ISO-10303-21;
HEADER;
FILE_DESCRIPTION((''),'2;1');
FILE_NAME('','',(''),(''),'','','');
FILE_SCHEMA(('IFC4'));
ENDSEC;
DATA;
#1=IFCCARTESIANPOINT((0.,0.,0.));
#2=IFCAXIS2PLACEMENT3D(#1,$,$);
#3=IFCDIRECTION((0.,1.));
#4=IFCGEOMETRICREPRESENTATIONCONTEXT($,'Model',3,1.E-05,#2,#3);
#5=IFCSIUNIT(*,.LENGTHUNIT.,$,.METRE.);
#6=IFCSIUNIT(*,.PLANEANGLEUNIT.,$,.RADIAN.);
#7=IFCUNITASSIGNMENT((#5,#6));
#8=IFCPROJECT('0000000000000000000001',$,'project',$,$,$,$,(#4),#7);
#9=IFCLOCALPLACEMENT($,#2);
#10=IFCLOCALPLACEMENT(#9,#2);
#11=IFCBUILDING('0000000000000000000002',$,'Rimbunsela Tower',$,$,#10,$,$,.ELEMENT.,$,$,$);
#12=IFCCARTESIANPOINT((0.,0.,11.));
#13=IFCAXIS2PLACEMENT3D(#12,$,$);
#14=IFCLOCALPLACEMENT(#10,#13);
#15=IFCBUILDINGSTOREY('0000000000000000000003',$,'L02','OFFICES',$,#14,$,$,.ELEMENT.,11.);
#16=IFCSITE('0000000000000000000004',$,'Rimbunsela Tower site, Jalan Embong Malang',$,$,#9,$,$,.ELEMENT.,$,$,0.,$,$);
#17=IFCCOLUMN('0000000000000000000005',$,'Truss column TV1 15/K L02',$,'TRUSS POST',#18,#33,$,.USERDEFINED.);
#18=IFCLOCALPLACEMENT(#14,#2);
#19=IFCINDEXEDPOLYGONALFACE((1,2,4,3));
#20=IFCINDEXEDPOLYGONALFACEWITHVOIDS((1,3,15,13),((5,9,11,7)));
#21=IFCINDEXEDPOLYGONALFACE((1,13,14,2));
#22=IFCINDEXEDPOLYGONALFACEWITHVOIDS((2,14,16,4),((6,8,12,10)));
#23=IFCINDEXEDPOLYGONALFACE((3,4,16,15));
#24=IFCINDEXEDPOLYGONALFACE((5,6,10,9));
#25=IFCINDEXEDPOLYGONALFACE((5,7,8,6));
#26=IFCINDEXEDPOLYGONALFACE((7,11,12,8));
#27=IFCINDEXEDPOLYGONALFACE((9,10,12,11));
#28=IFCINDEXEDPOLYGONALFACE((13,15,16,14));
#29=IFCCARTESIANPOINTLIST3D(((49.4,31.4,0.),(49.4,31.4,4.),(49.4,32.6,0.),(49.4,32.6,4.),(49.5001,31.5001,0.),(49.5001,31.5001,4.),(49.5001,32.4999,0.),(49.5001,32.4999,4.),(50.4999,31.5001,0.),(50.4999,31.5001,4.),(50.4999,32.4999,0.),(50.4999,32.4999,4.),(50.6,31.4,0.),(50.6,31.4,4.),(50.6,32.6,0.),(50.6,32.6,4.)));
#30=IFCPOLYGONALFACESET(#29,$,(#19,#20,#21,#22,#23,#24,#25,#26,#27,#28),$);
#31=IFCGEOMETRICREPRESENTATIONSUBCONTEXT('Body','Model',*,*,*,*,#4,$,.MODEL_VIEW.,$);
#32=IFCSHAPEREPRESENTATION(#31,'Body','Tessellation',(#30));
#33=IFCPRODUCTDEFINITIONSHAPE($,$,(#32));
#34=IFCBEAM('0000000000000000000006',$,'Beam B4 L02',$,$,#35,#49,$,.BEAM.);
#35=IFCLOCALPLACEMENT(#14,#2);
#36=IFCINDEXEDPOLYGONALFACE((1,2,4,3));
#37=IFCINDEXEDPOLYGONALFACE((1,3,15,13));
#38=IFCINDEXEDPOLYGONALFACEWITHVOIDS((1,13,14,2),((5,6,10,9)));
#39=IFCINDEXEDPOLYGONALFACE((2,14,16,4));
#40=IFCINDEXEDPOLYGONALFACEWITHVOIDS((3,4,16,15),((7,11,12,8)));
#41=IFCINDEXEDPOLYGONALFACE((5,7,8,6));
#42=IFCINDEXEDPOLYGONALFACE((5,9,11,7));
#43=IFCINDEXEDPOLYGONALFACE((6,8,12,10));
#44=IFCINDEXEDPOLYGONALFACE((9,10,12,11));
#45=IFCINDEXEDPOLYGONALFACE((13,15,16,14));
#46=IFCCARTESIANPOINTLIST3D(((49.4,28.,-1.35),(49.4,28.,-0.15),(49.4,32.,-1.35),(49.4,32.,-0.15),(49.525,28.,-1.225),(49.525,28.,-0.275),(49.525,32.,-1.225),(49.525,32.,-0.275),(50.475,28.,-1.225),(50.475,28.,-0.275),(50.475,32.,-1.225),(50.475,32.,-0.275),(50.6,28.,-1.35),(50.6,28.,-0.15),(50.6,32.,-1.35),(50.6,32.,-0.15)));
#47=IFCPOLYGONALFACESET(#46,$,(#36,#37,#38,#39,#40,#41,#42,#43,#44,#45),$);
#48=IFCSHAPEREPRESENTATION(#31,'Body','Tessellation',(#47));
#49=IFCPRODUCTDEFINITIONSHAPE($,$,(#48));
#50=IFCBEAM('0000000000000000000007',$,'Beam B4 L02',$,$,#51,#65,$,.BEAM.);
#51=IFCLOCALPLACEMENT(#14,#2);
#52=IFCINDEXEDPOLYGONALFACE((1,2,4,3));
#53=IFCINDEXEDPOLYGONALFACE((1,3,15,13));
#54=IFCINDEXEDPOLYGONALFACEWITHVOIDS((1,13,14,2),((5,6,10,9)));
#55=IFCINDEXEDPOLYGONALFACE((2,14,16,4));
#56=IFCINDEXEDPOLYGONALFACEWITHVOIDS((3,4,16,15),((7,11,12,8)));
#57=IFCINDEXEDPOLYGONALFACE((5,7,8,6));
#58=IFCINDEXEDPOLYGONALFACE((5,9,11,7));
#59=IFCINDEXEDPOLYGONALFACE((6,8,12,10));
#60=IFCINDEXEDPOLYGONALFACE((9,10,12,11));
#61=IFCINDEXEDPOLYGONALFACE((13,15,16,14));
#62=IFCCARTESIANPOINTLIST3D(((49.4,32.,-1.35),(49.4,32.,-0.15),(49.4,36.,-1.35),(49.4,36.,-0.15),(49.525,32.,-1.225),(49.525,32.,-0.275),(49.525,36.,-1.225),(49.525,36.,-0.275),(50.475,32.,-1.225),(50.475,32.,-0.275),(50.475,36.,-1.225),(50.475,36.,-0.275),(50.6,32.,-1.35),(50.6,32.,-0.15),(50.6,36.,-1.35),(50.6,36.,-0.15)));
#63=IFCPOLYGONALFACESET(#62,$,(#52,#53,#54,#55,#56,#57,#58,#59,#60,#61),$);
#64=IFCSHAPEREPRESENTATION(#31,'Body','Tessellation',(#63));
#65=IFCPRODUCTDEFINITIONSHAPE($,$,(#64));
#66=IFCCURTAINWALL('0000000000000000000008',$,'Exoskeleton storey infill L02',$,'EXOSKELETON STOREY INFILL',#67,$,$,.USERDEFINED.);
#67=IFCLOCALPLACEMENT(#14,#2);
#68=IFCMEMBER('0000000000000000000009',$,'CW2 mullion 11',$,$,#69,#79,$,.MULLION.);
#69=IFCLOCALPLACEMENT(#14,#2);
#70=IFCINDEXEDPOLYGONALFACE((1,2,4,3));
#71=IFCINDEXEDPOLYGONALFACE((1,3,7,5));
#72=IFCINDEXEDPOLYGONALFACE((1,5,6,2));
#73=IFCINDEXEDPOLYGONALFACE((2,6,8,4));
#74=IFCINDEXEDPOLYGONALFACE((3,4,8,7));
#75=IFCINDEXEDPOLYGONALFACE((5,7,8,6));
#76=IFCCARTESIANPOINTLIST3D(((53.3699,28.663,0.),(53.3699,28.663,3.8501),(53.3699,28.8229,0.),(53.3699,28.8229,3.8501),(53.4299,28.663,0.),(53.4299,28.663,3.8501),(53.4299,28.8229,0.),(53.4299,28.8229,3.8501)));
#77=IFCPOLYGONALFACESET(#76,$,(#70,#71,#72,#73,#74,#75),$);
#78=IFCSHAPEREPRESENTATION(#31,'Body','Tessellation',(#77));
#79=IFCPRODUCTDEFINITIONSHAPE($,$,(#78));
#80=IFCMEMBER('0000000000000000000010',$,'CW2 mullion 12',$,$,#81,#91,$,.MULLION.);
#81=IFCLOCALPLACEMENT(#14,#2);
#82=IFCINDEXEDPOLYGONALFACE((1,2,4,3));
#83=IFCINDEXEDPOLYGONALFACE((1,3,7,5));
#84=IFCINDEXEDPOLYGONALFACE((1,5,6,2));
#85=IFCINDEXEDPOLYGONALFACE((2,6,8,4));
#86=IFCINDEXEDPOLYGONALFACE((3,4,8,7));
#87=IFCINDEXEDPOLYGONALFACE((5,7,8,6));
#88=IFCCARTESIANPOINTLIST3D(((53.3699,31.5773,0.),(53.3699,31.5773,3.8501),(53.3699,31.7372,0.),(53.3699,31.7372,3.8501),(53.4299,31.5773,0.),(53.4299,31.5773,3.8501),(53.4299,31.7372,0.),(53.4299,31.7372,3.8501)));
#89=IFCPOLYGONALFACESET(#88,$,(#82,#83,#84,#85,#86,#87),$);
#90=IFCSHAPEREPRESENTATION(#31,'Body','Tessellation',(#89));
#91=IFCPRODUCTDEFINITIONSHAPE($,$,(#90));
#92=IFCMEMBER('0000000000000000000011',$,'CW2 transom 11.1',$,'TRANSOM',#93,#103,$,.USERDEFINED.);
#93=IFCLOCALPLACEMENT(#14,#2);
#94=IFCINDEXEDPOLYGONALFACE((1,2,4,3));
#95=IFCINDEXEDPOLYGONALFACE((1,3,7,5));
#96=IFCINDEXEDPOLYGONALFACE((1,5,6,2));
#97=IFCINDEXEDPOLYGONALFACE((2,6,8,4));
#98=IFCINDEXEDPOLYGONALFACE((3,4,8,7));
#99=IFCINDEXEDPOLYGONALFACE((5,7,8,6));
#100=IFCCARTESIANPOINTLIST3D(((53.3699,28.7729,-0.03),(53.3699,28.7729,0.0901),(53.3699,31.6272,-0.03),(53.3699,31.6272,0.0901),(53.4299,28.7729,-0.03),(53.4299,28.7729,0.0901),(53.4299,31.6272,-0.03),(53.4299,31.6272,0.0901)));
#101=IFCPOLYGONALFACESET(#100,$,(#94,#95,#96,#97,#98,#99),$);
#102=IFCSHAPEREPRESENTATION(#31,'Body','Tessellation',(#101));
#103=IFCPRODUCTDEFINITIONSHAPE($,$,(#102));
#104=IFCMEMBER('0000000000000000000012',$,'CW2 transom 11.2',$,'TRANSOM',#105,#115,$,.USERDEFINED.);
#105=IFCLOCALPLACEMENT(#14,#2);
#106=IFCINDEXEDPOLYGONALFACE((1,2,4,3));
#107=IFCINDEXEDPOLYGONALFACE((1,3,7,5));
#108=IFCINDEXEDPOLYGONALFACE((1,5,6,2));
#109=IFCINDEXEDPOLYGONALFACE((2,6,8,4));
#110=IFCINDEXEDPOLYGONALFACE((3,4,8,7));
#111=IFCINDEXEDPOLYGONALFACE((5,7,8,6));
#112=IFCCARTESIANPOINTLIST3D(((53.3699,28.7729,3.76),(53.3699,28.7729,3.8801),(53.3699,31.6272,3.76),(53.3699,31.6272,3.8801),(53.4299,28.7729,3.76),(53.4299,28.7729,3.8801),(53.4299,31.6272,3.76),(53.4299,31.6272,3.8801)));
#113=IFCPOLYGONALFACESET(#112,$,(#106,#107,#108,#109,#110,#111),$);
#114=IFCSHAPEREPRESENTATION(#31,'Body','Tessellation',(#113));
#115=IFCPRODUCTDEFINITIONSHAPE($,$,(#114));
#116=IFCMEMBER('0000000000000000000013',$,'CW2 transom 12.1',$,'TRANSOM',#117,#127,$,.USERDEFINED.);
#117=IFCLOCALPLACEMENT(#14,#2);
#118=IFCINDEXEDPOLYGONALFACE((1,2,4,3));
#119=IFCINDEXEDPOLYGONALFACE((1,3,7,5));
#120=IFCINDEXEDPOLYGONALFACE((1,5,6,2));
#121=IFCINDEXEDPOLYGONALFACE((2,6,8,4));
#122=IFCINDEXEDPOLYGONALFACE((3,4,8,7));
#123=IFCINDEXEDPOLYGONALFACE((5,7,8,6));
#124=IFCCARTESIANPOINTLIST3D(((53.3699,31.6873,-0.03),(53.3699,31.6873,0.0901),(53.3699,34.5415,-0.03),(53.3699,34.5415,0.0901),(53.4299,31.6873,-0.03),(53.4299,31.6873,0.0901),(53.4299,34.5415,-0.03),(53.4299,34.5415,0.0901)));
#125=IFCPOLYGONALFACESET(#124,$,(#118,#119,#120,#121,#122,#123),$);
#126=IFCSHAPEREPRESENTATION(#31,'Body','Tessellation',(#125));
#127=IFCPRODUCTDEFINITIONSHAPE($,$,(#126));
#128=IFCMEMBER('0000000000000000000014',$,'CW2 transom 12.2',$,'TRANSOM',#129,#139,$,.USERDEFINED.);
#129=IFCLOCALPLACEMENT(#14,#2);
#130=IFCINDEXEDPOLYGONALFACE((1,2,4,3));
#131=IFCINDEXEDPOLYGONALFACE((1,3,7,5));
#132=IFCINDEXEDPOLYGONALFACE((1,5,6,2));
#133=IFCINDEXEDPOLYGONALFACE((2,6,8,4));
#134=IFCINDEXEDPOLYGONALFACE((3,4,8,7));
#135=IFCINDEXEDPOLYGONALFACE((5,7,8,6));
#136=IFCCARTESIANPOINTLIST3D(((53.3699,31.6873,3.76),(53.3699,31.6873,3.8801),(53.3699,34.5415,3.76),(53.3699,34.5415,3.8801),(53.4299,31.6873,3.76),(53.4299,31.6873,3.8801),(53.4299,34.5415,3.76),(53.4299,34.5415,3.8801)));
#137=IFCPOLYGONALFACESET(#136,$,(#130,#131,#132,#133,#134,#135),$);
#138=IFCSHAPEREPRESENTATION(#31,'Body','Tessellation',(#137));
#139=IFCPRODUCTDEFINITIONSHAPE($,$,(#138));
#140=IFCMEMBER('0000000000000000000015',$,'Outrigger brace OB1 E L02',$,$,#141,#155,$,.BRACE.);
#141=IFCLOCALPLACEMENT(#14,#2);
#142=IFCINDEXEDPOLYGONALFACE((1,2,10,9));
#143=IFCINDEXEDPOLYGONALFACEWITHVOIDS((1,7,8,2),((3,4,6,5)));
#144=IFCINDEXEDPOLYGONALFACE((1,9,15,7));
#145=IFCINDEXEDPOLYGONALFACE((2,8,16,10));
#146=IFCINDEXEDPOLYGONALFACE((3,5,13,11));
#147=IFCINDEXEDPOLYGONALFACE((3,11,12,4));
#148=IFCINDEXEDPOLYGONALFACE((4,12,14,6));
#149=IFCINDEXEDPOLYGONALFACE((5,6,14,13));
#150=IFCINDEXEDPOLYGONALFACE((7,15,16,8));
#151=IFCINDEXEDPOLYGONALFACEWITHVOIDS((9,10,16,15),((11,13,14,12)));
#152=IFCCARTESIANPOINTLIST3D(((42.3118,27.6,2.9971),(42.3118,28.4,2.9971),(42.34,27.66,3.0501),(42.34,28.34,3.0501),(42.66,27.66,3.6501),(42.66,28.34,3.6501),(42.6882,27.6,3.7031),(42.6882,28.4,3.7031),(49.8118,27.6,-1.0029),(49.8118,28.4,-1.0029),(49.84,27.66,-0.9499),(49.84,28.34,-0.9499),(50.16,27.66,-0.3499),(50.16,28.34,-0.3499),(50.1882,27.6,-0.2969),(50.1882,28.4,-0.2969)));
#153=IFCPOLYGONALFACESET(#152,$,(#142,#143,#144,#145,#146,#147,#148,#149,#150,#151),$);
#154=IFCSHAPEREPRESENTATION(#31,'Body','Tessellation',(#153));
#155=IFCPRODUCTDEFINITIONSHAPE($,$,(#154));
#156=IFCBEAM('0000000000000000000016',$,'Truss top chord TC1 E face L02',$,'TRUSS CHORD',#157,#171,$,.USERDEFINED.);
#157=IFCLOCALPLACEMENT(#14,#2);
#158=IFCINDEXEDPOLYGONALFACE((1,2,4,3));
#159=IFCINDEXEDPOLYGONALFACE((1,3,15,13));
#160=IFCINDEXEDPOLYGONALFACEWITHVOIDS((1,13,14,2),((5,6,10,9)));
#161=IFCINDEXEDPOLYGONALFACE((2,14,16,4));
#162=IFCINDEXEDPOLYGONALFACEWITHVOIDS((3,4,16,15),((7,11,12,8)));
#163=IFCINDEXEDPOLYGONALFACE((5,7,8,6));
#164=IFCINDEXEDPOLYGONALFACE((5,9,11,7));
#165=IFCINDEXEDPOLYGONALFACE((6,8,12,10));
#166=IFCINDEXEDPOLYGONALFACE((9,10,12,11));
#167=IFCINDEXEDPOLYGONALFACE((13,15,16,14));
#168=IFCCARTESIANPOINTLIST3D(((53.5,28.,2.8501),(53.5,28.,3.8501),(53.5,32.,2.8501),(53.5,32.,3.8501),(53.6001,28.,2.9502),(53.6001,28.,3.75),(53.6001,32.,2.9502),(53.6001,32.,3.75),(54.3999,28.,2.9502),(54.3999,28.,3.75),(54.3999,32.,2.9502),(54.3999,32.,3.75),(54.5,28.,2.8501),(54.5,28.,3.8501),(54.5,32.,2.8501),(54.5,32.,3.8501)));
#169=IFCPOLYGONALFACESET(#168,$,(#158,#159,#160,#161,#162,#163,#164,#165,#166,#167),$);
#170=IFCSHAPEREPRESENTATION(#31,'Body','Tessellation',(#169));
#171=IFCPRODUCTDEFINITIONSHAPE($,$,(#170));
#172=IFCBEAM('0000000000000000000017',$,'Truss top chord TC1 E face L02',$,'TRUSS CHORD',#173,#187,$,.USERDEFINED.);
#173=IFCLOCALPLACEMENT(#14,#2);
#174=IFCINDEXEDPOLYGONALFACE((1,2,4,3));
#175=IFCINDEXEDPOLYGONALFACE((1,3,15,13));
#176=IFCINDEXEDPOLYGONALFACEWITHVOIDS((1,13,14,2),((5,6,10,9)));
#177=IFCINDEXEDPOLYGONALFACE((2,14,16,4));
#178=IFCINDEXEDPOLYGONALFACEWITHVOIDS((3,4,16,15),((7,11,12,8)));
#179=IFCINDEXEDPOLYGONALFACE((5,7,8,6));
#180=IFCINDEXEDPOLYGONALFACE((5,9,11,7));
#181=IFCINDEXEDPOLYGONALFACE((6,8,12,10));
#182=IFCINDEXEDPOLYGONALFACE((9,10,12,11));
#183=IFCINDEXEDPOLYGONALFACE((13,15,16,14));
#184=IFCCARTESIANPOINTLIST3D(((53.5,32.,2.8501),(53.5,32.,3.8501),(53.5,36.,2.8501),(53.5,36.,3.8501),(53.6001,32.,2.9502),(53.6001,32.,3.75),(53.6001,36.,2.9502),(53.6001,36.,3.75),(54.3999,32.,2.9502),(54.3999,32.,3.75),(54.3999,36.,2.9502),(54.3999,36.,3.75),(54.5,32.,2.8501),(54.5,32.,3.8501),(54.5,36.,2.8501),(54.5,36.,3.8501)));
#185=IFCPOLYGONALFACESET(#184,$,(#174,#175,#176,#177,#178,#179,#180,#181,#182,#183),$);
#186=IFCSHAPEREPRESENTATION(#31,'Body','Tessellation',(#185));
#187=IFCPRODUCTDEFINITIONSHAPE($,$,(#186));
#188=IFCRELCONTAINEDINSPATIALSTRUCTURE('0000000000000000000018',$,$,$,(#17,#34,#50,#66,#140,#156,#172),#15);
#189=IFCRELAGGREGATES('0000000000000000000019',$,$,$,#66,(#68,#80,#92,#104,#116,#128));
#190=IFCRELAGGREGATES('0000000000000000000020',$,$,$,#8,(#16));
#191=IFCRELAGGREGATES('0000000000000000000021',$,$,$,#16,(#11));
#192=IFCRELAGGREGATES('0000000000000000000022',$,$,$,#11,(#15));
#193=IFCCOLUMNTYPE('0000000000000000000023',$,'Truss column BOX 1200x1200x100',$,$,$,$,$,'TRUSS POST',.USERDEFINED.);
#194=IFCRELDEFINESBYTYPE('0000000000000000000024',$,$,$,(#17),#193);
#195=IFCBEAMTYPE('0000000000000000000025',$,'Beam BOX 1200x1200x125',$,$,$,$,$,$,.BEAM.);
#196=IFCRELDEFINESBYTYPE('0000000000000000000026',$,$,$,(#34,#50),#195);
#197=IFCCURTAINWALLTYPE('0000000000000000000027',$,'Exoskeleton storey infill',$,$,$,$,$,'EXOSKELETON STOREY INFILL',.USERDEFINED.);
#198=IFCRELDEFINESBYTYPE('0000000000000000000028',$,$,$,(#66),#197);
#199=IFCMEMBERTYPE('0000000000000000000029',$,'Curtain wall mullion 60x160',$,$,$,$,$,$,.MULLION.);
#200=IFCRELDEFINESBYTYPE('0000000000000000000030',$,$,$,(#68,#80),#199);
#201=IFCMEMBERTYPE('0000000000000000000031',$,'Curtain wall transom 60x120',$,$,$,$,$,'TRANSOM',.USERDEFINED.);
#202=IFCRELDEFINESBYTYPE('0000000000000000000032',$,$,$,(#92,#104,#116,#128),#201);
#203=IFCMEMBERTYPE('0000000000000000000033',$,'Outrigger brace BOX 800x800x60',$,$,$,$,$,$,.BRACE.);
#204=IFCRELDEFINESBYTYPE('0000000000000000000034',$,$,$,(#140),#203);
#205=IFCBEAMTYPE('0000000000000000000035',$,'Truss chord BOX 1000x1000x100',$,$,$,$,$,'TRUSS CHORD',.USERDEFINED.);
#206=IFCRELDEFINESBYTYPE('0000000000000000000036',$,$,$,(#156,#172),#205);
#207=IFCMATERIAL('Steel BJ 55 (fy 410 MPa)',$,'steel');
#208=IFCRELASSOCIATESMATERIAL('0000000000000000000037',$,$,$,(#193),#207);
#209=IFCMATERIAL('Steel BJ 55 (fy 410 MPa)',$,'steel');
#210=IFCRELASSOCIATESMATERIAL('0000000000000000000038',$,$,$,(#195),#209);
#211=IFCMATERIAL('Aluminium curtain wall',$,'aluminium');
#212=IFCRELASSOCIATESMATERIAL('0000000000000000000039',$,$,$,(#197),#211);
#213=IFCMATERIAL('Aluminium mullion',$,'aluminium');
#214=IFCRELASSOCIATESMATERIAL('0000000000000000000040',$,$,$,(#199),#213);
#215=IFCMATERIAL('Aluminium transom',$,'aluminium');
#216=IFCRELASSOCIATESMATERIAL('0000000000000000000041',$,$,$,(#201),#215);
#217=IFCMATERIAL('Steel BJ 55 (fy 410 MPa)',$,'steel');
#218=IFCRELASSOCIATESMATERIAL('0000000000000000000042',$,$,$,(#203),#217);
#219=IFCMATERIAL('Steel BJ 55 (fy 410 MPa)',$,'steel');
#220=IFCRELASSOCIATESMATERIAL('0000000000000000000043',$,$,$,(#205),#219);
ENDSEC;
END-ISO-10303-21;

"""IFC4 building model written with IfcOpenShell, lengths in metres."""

from ifc_helpers import new_model, si_unit, direction, frame, origin, origin_2d, place, context, subcontext, project, spatial, rectangle, hollow_rectangle, extrude, material, material_profile, profile_set, type_object, element, aggregate, save


model = new_model("IFC4")

# Units and contexts
model_context = context("Model", 3, precision=1e-05, world=origin(), true_north=direction((0.0, 1.0)))
body_context = subcontext(model_context, "Body", "Model", "MODEL_VIEW")
ifc_project = project(units=[si_unit("LENGTHUNIT", "METRE"), si_unit("PLANEANGLEUNIT", "RADIAN")], contexts=[model_context])

# Site, building, storey
site_placement = place(None, origin())
site = spatial("IfcSite", under=ifc_project, at=site_placement, Name="Rimbunsela Tower site, Jalan Embong Malang", CompositionType="ELEMENT", RefElevation=0.0)
building_placement = place(site_placement, origin())
building = spatial("IfcBuilding", under=site, at=building_placement, Name="Rimbunsela Tower", CompositionType="ELEMENT")
storey_placement = place(building_placement, frame((0.0, 0.0, 11.0)))
storey = spatial("IfcBuildingStorey", under=building, at=storey_placement, Name="L02", Description="OFFICES", CompositionType="ELEMENT", Elevation=11.0)

# Column
ifc_material_1 = material(Name="Steel BJ 55 (fy 410 MPa)", Category="steel")
ifc_material_profile_1 = material_profile(ifc_material_1, hollow_rectangle(XDim=1.2, YDim=1.2, WallThickness=0.1001, at=origin_2d()), Name="BOX 1200x1200x100")
ifc_profile_set_1 = profile_set([ifc_material_profile_1], Name="Steel BJ 55 (fy 410 MPa)")
column_type = type_object("IfcColumnType", Name="Truss column BOX 1200x1200x100", ElementType="TRUSS POST", PredefinedType="USERDEFINED", material=ifc_profile_set_1)
column_placement = place(storey_placement, frame((50.0, 32.0, 0.0), z_axis=(0.0, 0.0, 1.0), x_axis=(1.0, 0.0, 0.0)))
element("IfcColumn", 1, at=column_placement, inside=storey, type_object=column_type, Name="Truss column TV1 15/K L02", ObjectType="TRUSS POST", PredefinedType="USERDEFINED", context=body_context, shape_type="SweptSolid", body=[
    extrude(hollow_rectangle(XDim=1.2, YDim=1.2, WallThickness=0.1001, at=origin_2d()), origin(), (0.0, 0.0, 1.0), 4.0),
])

# Beams
ifc_material_2 = material(Name="Steel BJ 55 (fy 410 MPa)", Category="steel")
ifc_material_profile_2 = material_profile(ifc_material_2, hollow_rectangle(XDim=1.2, YDim=1.2, WallThickness=0.125, at=origin_2d()), Name="BOX 1200x1200x125")
ifc_profile_set_2 = profile_set([ifc_material_profile_2], Name="Steel BJ 55 (fy 410 MPa)")
beam_type_1 = type_object("IfcBeamType", Name="Beam BOX 1200x1200x125", PredefinedType="BEAM", material=ifc_profile_set_2)
for number, where, z_axis, x_axis, name in (
    (2, (50.0, 28.0, -0.75), (0.0, 1.0, 0.0), (-1.0, 0.0, 0.0), "Beam B4 L02"),
    (3, (50.0, 32.0, -0.75), (0.0, 1.0, 0.0), (-1.0, 0.0, 0.0), "Beam B4 L02"),
):
    element("IfcBeam", number, at=place(storey_placement, frame(where, z_axis=z_axis, x_axis=x_axis)), inside=storey, type_object=beam_type_1, Name=name, PredefinedType="BEAM", context=body_context, shape_type="SweptSolid", body=[
        extrude(hollow_rectangle(XDim=1.2, YDim=1.2, WallThickness=0.125, at=origin_2d()), origin(), (0.0, 0.0, 1.0), 4.0),
    ])

# Curtain wall, members
ifc_material_3 = material(Name="Aluminium curtain wall", Category="aluminium")
curtain_wall_type = type_object("IfcCurtainWallType", Name="Exoskeleton storey infill", ElementType="EXOSKELETON STOREY INFILL", PredefinedType="USERDEFINED", material=ifc_material_3)
curtain_wall_placement = place(storey_placement, origin())
curtain_wall = element("IfcCurtainWall", 4, at=curtain_wall_placement, inside=storey, type_object=curtain_wall_type, Name="Exoskeleton storey infill L02", ObjectType="EXOSKELETON STOREY INFILL", PredefinedType="USERDEFINED")
ifc_material_4 = material(Name="Aluminium mullion", Category="aluminium")
ifc_material_profile_3 = material_profile(ifc_material_4, rectangle(XDim=0.0601, YDim=0.1599, at=origin_2d()), Name="Mullion 60x160")
ifc_profile_set_3 = profile_set([ifc_material_profile_3], Name="Aluminium mullion")
member_type_1 = type_object("IfcMemberType", Name="Curtain wall mullion 60x160", PredefinedType="MULLION", material=ifc_profile_set_3)
member_1_placement = place(storey_placement, frame((53.3999, 28.7429, 0.0), z_axis=(0.0, 0.0, 1.0), x_axis=(-1.0, 0.0, 0.0)))
member_1 = element("IfcMember", 5, at=member_1_placement, type_object=member_type_1, Name="CW2 mullion 11", PredefinedType="MULLION", context=body_context, shape_type="SweptSolid", body=[
    extrude(rectangle(XDim=0.0601, YDim=0.1599, at=origin_2d()), origin(), (0.0, 0.0, 1.0), 3.8501),
])
member_2_placement = place(storey_placement, frame((53.3999, 31.6572, 0.0), z_axis=(0.0, 0.0, 1.0), x_axis=(-1.0, 0.0, 0.0)))
member_2 = element("IfcMember", 6, at=member_2_placement, type_object=member_type_1, Name="CW2 mullion 12", PredefinedType="MULLION", context=body_context, shape_type="SweptSolid", body=[
    extrude(rectangle(XDim=0.0601, YDim=0.1599, at=origin_2d()), origin(), (0.0, 0.0, 1.0), 3.8501),
])
ifc_material_5 = material(Name="Aluminium transom", Category="aluminium")
ifc_material_profile_4 = material_profile(ifc_material_5, rectangle(XDim=0.0601, YDim=0.1201, at=origin_2d()), Name="Transom 60x120")
ifc_profile_set_4 = profile_set([ifc_material_profile_4], Name="Aluminium transom")
member_type_2 = type_object("IfcMemberType", Name="Curtain wall transom 60x120", ElementType="TRANSOM", PredefinedType="USERDEFINED", material=ifc_profile_set_4)
member_3_placement = place(storey_placement, frame((53.3999, 28.7729, 0.03), z_axis=(0.0, 1.0, 0.0), x_axis=(-1.0, 0.0, 0.0)))
member_3 = element("IfcMember", 7, at=member_3_placement, type_object=member_type_2, Name="CW2 transom 11.1", ObjectType="TRANSOM", PredefinedType="USERDEFINED", context=body_context, shape_type="SweptSolid", body=[
    extrude(rectangle(XDim=0.0601, YDim=0.1201, at=origin_2d()), origin(), (0.0, 0.0, 1.0), 2.8542),
])
member_4_placement = place(storey_placement, frame((53.3999, 28.7729, 3.8201), z_axis=(0.0, 1.0, 0.0), x_axis=(-1.0, 0.0, 0.0)))
member_4 = element("IfcMember", 8, at=member_4_placement, type_object=member_type_2, Name="CW2 transom 11.2", ObjectType="TRANSOM", PredefinedType="USERDEFINED", context=body_context, shape_type="SweptSolid", body=[
    extrude(rectangle(XDim=0.0601, YDim=0.1201, at=origin_2d()), origin(), (0.0, 0.0, 1.0), 2.8542),
])
member_5_placement = place(storey_placement, frame((53.3999, 31.6873, 0.03), z_axis=(0.0, 1.0, 0.0), x_axis=(-1.0, 0.0, 0.0)))
member_5 = element("IfcMember", 9, at=member_5_placement, type_object=member_type_2, Name="CW2 transom 12.1", ObjectType="TRANSOM", PredefinedType="USERDEFINED", context=body_context, shape_type="SweptSolid", body=[
    extrude(rectangle(XDim=0.0601, YDim=0.1201, at=origin_2d()), origin(), (0.0, 0.0, 1.0), 2.8542),
])
member_6_placement = place(storey_placement, frame((53.3999, 31.6873, 3.8201), z_axis=(0.0, 1.0, 0.0), x_axis=(-1.0, 0.0, 0.0)))
member_6 = element("IfcMember", 10, at=member_6_placement, type_object=member_type_2, Name="CW2 transom 12.2", ObjectType="TRANSOM", PredefinedType="USERDEFINED", context=body_context, shape_type="SweptSolid", body=[
    extrude(rectangle(XDim=0.0601, YDim=0.1201, at=origin_2d()), origin(), (0.0, 0.0, 1.0), 2.8542),
])

# Member
ifc_material_6 = material(Name="Steel BJ 55 (fy 410 MPa)", Category="steel")
ifc_material_profile_5 = material_profile(ifc_material_6, hollow_rectangle(XDim=0.8, YDim=0.8, WallThickness=0.0601, at=origin_2d()), Name="BOX 800x800x60")
ifc_profile_set_5 = profile_set([ifc_material_profile_5], Name="Steel BJ 55 (fy 410 MPa)")
member_type_3 = type_object("IfcMemberType", Name="Outrigger brace BOX 800x800x60", PredefinedType="BRACE", material=ifc_profile_set_5)
member_7_placement = place(storey_placement, frame((50.0, 28.0, -0.6499), z_axis=(-0.882353, 0.0, 0.470588), x_axis=(0.0, -1.0, 0.0)))
element("IfcMember", 11, at=member_7_placement, inside=storey, type_object=member_type_3, Name="Outrigger brace OB1 E L02", PredefinedType="BRACE", context=body_context, shape_type="SweptSolid", body=[
    extrude(hollow_rectangle(XDim=0.8, YDim=0.8, WallThickness=0.0601, at=origin_2d()), origin(), (0.0, 0.0, 1.0), 8.5),
])

# Beams
ifc_material_7 = material(Name="Steel BJ 55 (fy 410 MPa)", Category="steel")
ifc_material_profile_6 = material_profile(ifc_material_7, hollow_rectangle(XDim=1.0, YDim=1.0, WallThickness=0.1001, at=origin_2d()), Name="BOX 1000x1000x100")
ifc_profile_set_6 = profile_set([ifc_material_profile_6], Name="Steel BJ 55 (fy 410 MPa)")
beam_type_2 = type_object("IfcBeamType", Name="Truss chord BOX 1000x1000x100", ElementType="TRUSS CHORD", PredefinedType="USERDEFINED", material=ifc_profile_set_6)
for number, where, z_axis, x_axis, name in (
    (12, (54.0, 28.0, 3.3501), (0.0, 1.0, 0.0), (-1.0, 0.0, 0.0), "Truss top chord TC1 E face L02"),
    (13, (54.0, 32.0, 3.3501), (0.0, 1.0, 0.0), (-1.0, 0.0, 0.0), "Truss top chord TC1 E face L02"),
):
    element("IfcBeam", number, at=place(storey_placement, frame(where, z_axis=z_axis, x_axis=x_axis)), inside=storey, type_object=beam_type_2, Name=name, ObjectType="TRUSS CHORD", PredefinedType="USERDEFINED", context=body_context, shape_type="SweptSolid", body=[
        extrude(hollow_rectangle(XDim=1.0, YDim=1.0, WallThickness=0.1001, at=origin_2d()), origin(), (0.0, 0.0, 1.0), 4.0),
    ])

aggregate(curtain_wall, [member_1, member_2, member_3, member_4, member_5, member_6])

save(model, "model.ifc")
